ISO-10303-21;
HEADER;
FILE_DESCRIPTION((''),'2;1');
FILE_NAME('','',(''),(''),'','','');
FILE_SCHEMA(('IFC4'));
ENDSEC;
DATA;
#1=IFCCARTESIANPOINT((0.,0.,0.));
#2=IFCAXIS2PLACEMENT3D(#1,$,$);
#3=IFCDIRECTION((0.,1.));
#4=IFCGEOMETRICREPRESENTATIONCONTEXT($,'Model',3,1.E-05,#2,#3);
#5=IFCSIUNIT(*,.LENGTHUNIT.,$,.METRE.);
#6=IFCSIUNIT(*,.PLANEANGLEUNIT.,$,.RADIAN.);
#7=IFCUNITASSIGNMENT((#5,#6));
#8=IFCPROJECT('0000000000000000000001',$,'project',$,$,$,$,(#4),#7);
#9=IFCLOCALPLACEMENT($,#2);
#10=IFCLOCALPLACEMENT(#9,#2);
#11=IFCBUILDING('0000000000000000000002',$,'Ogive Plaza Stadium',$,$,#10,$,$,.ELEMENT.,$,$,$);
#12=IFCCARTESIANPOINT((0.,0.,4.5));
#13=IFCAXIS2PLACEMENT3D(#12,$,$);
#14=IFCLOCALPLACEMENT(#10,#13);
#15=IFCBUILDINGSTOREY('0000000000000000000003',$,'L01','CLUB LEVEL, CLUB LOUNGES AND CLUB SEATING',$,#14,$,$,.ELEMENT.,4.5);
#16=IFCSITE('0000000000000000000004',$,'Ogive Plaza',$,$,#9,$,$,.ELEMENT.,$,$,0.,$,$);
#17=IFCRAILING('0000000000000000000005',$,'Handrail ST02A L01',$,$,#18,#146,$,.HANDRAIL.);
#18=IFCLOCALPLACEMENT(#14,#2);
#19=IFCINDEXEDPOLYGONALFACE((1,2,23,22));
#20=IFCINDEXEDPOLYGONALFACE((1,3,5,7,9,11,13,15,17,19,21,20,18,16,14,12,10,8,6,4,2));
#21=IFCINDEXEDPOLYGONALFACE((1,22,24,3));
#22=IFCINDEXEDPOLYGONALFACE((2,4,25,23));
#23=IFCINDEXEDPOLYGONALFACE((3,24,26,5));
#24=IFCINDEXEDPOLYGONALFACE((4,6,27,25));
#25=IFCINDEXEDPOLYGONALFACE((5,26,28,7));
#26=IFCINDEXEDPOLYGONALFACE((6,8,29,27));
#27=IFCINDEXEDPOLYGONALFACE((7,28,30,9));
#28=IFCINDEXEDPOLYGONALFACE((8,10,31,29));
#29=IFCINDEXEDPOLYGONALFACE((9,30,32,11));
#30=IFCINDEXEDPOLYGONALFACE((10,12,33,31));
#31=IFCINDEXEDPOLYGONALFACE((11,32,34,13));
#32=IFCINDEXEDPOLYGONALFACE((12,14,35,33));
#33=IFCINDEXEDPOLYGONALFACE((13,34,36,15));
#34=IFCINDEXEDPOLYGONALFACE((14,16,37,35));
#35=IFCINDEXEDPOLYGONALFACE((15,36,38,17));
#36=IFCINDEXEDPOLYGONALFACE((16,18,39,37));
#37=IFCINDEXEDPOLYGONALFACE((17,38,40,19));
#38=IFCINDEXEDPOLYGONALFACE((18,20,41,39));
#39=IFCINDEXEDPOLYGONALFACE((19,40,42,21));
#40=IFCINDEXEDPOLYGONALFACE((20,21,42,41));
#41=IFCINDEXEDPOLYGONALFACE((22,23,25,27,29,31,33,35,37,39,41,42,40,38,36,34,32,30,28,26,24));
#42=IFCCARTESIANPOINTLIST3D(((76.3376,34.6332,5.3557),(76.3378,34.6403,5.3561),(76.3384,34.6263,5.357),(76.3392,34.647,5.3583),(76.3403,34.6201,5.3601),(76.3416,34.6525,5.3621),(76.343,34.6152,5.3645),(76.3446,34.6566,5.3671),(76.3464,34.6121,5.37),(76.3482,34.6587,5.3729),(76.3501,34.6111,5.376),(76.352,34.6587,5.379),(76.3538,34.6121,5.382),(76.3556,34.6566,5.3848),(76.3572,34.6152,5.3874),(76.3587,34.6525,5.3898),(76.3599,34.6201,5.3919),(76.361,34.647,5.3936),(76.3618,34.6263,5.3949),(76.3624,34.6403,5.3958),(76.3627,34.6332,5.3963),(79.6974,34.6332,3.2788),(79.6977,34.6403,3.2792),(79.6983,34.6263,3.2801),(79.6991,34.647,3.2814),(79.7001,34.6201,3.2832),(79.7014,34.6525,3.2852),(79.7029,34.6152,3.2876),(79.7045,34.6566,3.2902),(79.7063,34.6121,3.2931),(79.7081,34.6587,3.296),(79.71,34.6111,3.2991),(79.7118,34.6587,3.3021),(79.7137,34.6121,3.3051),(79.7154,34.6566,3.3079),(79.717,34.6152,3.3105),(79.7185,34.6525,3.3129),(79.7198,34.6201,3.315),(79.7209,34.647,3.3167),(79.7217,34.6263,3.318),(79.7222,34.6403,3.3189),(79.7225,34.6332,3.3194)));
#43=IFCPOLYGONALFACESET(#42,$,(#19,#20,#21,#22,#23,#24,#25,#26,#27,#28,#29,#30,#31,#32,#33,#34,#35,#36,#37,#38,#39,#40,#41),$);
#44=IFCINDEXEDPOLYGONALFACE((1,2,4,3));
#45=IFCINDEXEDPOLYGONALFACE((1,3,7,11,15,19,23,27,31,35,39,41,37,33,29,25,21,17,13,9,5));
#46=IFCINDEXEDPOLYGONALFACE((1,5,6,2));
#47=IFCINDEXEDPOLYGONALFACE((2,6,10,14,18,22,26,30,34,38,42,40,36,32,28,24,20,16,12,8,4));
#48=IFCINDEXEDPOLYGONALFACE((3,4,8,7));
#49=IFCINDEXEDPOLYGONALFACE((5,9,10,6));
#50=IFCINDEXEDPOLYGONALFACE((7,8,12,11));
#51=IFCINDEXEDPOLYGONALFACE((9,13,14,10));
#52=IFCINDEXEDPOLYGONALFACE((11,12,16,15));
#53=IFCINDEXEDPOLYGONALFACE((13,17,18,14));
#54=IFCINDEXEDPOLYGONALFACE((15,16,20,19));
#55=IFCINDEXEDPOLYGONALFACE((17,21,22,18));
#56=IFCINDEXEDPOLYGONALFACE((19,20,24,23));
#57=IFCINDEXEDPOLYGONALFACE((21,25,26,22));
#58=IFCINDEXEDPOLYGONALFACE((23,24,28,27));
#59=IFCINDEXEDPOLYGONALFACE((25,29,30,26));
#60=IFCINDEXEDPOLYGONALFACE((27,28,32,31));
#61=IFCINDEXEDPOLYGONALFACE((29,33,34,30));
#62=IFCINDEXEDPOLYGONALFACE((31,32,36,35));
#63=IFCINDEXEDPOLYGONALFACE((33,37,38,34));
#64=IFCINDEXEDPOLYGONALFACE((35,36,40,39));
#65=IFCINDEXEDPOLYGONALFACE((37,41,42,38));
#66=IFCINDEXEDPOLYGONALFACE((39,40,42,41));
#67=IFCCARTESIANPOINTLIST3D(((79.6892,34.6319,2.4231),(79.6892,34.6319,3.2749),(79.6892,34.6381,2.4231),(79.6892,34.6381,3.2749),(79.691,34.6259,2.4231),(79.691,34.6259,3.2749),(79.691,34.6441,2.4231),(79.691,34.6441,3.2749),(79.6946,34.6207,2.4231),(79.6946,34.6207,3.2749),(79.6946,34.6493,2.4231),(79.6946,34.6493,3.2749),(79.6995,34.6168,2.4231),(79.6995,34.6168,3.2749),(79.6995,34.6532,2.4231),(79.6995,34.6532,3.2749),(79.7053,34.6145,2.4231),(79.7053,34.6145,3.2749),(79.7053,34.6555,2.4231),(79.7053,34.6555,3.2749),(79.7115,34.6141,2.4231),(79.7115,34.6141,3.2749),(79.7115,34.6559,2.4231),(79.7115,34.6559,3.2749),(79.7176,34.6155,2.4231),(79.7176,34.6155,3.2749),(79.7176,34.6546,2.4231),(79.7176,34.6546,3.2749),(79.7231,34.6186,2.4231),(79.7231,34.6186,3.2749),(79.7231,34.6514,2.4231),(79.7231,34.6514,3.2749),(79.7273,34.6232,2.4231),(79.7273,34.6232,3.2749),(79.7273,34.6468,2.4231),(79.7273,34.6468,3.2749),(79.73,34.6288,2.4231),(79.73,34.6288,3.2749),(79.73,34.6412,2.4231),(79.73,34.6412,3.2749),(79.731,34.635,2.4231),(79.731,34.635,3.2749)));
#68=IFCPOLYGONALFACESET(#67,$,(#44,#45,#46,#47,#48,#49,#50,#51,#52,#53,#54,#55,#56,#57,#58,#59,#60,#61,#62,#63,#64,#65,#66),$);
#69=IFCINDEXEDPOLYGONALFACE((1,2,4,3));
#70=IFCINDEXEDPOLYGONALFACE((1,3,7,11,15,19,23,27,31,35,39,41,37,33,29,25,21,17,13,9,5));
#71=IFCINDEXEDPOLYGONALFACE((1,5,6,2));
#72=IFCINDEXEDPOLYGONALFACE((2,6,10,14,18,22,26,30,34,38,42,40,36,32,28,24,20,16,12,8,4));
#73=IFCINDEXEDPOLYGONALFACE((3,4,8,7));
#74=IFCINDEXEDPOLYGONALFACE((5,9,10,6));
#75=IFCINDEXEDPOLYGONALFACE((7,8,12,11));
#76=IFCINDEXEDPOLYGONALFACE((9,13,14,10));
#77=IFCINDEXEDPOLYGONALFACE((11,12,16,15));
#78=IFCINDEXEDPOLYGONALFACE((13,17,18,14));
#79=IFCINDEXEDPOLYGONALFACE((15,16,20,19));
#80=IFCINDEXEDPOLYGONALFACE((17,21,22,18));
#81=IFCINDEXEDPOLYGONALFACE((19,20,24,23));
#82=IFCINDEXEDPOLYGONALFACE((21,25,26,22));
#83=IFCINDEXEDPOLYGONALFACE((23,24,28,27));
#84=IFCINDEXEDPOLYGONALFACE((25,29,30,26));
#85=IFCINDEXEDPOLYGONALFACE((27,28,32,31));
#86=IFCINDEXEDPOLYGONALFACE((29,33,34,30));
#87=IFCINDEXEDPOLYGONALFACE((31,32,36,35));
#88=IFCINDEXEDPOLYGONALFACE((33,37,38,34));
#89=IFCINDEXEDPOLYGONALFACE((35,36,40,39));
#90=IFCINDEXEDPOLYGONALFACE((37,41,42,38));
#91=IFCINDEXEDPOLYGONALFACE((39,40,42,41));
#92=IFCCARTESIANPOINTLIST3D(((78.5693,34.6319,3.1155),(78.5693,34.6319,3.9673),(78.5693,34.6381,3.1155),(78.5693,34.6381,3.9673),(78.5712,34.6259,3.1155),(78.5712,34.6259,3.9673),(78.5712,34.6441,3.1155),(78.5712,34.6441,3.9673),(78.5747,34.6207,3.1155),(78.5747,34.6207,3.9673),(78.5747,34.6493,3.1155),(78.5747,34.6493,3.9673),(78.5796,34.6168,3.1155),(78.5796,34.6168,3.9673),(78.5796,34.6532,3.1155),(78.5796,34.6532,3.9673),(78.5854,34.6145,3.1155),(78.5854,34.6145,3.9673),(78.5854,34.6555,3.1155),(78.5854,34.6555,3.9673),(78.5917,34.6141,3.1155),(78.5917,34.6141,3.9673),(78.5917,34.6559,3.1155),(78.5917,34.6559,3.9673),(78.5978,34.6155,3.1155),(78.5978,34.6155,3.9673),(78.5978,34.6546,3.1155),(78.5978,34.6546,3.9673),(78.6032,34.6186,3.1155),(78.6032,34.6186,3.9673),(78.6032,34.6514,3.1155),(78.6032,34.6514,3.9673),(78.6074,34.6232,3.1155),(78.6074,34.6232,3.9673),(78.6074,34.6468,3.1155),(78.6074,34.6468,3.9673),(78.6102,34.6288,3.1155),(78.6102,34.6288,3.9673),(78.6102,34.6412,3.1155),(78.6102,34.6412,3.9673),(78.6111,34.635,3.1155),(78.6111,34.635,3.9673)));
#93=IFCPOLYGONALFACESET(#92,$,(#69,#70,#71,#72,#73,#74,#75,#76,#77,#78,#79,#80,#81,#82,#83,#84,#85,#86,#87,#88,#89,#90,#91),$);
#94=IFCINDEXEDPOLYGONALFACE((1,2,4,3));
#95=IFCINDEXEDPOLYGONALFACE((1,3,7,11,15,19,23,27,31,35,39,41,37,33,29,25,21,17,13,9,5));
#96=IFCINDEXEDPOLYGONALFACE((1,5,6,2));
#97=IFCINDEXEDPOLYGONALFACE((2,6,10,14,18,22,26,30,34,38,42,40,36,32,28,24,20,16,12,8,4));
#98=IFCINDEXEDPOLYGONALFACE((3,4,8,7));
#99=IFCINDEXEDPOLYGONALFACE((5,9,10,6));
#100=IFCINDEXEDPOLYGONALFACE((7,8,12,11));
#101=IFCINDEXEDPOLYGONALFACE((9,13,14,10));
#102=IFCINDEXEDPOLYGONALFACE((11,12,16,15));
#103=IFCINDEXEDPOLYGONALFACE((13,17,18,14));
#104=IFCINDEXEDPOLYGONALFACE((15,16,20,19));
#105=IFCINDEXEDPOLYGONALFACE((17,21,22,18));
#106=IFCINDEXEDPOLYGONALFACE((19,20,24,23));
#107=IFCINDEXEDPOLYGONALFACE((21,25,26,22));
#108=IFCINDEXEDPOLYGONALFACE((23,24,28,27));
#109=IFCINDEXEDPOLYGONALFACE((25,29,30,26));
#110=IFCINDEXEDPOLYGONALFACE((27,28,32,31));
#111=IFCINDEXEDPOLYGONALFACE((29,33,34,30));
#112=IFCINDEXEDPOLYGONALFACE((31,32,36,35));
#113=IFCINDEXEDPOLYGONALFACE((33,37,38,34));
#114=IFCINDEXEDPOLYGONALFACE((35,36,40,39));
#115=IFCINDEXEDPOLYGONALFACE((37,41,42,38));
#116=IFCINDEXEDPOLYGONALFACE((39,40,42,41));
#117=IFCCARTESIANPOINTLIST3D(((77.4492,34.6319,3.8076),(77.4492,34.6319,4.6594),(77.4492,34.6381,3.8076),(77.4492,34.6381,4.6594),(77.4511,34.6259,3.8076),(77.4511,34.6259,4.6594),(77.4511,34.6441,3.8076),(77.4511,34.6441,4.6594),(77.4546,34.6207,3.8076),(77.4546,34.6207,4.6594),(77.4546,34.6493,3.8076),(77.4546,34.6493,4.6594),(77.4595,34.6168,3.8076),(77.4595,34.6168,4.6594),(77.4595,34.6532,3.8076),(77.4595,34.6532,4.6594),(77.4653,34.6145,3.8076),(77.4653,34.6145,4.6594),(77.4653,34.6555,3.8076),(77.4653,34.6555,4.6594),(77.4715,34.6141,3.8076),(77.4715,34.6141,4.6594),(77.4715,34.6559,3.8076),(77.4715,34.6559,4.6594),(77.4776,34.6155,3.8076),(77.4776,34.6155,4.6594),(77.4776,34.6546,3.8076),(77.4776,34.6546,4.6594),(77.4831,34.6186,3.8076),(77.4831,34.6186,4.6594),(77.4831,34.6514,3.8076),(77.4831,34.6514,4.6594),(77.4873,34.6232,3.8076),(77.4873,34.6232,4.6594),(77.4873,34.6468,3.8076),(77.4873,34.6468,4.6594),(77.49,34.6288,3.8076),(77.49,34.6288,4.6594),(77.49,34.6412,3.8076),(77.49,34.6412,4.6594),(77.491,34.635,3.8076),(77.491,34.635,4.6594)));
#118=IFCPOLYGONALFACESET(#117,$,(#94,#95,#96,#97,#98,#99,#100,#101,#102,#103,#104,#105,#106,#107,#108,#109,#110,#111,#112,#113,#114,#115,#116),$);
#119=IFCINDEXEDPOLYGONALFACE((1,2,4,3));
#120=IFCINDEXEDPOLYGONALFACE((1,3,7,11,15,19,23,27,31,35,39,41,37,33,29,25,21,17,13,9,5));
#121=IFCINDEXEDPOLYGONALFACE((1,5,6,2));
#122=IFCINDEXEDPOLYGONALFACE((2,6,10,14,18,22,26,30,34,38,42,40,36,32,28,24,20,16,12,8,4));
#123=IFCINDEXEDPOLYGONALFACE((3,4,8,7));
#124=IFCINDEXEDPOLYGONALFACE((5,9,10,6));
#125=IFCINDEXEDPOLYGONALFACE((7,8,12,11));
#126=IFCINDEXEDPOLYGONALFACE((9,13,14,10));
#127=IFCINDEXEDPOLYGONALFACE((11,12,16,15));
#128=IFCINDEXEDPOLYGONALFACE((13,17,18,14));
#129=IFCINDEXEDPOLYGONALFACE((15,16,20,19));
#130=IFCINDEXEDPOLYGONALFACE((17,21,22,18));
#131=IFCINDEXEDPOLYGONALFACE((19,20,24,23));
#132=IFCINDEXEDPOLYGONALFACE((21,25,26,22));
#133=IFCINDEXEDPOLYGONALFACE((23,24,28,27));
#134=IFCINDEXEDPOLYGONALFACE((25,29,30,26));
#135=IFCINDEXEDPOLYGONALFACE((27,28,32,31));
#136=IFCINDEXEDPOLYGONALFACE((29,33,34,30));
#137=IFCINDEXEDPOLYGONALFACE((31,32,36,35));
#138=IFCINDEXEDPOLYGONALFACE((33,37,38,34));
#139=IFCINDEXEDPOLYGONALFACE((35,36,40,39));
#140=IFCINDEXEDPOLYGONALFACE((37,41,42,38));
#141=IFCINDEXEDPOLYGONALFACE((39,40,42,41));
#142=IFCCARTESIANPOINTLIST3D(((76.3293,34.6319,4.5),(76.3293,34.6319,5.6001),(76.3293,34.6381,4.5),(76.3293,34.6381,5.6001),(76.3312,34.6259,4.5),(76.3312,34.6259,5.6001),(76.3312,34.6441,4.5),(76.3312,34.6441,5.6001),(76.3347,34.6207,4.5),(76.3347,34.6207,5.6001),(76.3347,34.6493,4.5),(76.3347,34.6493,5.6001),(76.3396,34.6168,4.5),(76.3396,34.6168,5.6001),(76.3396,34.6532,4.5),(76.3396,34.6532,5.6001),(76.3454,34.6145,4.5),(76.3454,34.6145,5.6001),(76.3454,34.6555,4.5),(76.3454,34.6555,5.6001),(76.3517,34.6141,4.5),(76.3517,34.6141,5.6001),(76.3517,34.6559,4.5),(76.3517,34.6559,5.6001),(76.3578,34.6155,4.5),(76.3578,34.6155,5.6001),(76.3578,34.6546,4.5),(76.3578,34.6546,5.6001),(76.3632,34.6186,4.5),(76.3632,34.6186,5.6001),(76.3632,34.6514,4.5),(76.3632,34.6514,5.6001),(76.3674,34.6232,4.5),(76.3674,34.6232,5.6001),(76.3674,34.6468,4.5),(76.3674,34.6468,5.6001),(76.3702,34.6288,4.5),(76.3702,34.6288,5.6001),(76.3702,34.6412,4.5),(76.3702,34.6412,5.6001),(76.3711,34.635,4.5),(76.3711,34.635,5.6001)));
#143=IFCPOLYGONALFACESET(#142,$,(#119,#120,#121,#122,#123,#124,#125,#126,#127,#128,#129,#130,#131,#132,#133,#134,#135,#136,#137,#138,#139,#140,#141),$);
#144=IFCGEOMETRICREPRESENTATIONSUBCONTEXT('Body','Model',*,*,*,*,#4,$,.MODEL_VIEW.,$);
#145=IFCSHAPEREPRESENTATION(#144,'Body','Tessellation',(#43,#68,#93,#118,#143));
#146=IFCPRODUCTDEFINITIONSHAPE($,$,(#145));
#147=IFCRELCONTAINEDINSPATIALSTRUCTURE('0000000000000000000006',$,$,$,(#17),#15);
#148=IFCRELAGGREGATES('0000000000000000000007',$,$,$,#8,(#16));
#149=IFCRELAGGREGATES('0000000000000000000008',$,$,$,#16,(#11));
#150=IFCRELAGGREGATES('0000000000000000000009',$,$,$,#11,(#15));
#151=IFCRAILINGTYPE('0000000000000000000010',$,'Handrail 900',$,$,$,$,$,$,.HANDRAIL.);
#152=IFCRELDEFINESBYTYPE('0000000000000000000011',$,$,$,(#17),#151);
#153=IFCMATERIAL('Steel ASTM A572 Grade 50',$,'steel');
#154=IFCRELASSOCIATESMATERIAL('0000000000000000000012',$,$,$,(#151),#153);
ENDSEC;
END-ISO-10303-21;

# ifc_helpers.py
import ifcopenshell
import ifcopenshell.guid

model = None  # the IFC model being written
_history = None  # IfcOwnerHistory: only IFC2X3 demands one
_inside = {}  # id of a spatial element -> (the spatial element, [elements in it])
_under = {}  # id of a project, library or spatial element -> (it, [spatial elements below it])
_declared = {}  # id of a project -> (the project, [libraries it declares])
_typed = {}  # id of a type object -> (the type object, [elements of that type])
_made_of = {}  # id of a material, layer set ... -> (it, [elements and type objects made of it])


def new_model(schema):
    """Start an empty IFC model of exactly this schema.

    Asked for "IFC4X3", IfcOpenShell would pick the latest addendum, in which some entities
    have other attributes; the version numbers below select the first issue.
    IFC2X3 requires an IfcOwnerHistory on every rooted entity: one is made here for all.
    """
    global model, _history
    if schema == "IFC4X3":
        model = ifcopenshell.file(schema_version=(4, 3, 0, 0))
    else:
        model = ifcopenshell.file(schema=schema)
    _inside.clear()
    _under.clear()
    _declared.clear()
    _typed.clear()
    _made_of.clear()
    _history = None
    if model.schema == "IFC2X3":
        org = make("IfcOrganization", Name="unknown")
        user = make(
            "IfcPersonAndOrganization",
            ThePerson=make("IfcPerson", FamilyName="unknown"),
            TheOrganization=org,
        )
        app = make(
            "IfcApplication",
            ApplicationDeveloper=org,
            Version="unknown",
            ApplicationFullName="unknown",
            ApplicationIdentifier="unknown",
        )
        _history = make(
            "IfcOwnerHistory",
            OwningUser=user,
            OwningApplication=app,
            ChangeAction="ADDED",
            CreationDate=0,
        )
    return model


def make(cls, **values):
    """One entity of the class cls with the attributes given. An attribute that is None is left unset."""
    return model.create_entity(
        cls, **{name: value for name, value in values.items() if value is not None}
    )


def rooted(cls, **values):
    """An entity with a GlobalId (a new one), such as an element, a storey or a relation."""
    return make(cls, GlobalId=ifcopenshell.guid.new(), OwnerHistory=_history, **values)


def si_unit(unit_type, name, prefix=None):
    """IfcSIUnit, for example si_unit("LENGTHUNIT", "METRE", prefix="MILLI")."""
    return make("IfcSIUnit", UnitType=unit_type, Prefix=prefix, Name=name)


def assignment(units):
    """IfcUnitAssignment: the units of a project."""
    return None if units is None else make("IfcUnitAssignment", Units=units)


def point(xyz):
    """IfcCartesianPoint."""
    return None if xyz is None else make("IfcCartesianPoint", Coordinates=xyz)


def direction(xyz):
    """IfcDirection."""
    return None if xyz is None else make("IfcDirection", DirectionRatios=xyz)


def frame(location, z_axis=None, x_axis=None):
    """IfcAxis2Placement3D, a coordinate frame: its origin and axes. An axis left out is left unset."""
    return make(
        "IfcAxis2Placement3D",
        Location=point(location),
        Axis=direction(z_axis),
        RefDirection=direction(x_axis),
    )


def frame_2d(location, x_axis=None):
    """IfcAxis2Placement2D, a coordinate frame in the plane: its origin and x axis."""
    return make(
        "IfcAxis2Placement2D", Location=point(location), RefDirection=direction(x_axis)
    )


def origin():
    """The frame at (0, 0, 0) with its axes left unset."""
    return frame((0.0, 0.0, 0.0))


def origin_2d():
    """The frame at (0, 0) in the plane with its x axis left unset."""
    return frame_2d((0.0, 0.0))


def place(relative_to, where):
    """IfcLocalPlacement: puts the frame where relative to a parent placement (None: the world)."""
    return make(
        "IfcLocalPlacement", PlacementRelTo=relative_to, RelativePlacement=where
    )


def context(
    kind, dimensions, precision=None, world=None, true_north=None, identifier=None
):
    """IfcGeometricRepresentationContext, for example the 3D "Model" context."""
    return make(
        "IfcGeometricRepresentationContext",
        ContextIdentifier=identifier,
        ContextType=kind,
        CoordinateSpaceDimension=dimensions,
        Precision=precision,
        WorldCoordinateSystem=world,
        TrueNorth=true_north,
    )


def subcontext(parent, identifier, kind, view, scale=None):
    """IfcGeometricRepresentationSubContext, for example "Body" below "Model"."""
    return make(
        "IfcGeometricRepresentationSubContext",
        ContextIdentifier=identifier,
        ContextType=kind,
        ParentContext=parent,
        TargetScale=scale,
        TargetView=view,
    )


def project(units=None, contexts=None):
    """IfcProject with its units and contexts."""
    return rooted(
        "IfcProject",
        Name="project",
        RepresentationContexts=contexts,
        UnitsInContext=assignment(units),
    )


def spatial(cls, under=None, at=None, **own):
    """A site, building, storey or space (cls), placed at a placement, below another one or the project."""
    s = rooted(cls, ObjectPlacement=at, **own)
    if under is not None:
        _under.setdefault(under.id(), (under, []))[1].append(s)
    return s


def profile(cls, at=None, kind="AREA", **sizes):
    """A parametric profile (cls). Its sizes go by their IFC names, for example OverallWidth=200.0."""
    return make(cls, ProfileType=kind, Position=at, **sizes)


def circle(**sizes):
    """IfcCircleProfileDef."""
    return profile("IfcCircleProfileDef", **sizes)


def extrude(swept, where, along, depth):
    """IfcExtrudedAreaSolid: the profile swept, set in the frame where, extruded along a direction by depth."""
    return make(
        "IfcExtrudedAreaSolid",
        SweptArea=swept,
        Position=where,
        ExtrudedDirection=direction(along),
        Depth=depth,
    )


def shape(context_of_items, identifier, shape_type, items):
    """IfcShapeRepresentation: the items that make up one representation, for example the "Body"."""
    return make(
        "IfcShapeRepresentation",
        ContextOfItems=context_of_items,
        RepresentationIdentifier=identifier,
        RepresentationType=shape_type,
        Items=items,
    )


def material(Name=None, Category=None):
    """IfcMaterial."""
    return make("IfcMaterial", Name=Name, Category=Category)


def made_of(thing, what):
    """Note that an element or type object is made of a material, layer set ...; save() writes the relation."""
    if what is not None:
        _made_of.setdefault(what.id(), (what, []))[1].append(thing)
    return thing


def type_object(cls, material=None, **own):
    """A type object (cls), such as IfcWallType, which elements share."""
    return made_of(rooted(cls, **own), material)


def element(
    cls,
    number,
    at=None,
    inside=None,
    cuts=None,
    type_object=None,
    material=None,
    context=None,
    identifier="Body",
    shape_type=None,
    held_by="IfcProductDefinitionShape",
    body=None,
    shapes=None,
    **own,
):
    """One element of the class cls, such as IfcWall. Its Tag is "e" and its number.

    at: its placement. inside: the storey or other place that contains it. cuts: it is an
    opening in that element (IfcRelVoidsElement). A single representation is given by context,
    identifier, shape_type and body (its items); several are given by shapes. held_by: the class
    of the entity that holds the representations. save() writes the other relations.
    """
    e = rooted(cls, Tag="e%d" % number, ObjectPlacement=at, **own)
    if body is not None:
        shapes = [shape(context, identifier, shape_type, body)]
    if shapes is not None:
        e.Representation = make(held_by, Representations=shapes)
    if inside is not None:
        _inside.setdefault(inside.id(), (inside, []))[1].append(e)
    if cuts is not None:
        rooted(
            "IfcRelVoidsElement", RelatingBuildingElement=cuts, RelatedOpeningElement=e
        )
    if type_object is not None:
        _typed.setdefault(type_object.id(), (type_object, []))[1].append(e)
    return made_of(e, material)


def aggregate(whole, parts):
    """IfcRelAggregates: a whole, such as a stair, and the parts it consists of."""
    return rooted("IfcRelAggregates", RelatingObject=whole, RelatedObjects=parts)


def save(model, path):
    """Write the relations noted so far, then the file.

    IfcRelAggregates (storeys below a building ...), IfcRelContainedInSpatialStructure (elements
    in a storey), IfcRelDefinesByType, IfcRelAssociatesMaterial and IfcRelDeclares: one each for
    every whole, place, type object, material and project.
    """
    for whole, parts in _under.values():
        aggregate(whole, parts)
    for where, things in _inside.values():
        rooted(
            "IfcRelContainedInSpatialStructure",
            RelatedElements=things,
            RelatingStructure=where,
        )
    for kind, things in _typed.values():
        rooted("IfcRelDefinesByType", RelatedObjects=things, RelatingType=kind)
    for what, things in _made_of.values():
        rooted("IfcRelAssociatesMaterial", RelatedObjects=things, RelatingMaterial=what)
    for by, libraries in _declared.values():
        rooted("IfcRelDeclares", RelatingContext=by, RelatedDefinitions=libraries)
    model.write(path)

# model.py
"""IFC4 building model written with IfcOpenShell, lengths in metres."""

from ifc_helpers import new_model, si_unit, direction, frame, origin, origin_2d, place, context, subcontext, project, spatial, circle, extrude, material, type_object, element, save


model = new_model("IFC4")

# Units and contexts
model_context = context("Model", 3, precision=1e-05, world=origin(), true_north=direction((0.0, 1.0)))
body_context = subcontext(model_context, "Body", "Model", "MODEL_VIEW")
ifc_project = project(units=[si_unit("LENGTHUNIT", "METRE"), si_unit("PLANEANGLEUNIT", "RADIAN")], contexts=[model_context])

# Site, building, storey
site_placement = place(None, origin())
site = spatial("IfcSite", under=ifc_project, at=site_placement, Name="Ogive Plaza", CompositionType="ELEMENT", RefElevation=0.0)
building_placement = place(site_placement, origin())
building = spatial("IfcBuilding", under=site, at=building_placement, Name="Ogive Plaza Stadium", CompositionType="ELEMENT")
storey_placement = place(building_placement, frame((0.0, 0.0, 4.5)))
storey = spatial("IfcBuildingStorey", under=building, at=storey_placement, Name="L01", Description="CLUB LEVEL, CLUB LOUNGES AND CLUB SEATING", CompositionType="ELEMENT", Elevation=4.5)

# Railing
ifc_material_1 = material(Name="Steel ASTM A572 Grade 50", Category="steel")
railing_type_1 = type_object("IfcRailingType", Name="Handrail 900", PredefinedType="HANDRAIL", material=ifc_material_1)
for number, where, name in (
    (1, (79.71, 34.635, 2.4231), "Handrail ST02A L01"),
):
    element("IfcRailing", number, at=place(storey_placement, frame(where)), inside=storey, type_object=railing_type_1, Name=name, PredefinedType="HANDRAIL", context=body_context, shape_type="SweptSolid", body=[
        extrude(circle(Radius=0.0239, at=origin_2d()), frame((0.0, 0.0, 0.876), z_axis=(-0.850606, 0.0, 0.525803), x_axis=(0.0, -1.0, 0.0)), (0.0, 0.0, 1.0), 3.95),
        extrude(circle(Radius=0.021, at=origin_2d()), origin(), (0.0, 0.0, 1.0), 0.8518),
        extrude(circle(Radius=0.021, at=origin_2d()), frame((-1.1199, 0.0, 0.6924)), (0.0, 0.0, 1.0), 0.8518),
        extrude(circle(Radius=0.021, at=origin_2d()), frame((-2.24, 0.0, 1.3845)), (0.0, 0.0, 1.0), 0.8518),
        extrude(circle(Radius=0.021, at=origin_2d()), frame((-3.3599, 0.0, 2.0769)), (0.0, 0.0, 1.0), 1.1001),
    ])

save(model, "model.ifc")
